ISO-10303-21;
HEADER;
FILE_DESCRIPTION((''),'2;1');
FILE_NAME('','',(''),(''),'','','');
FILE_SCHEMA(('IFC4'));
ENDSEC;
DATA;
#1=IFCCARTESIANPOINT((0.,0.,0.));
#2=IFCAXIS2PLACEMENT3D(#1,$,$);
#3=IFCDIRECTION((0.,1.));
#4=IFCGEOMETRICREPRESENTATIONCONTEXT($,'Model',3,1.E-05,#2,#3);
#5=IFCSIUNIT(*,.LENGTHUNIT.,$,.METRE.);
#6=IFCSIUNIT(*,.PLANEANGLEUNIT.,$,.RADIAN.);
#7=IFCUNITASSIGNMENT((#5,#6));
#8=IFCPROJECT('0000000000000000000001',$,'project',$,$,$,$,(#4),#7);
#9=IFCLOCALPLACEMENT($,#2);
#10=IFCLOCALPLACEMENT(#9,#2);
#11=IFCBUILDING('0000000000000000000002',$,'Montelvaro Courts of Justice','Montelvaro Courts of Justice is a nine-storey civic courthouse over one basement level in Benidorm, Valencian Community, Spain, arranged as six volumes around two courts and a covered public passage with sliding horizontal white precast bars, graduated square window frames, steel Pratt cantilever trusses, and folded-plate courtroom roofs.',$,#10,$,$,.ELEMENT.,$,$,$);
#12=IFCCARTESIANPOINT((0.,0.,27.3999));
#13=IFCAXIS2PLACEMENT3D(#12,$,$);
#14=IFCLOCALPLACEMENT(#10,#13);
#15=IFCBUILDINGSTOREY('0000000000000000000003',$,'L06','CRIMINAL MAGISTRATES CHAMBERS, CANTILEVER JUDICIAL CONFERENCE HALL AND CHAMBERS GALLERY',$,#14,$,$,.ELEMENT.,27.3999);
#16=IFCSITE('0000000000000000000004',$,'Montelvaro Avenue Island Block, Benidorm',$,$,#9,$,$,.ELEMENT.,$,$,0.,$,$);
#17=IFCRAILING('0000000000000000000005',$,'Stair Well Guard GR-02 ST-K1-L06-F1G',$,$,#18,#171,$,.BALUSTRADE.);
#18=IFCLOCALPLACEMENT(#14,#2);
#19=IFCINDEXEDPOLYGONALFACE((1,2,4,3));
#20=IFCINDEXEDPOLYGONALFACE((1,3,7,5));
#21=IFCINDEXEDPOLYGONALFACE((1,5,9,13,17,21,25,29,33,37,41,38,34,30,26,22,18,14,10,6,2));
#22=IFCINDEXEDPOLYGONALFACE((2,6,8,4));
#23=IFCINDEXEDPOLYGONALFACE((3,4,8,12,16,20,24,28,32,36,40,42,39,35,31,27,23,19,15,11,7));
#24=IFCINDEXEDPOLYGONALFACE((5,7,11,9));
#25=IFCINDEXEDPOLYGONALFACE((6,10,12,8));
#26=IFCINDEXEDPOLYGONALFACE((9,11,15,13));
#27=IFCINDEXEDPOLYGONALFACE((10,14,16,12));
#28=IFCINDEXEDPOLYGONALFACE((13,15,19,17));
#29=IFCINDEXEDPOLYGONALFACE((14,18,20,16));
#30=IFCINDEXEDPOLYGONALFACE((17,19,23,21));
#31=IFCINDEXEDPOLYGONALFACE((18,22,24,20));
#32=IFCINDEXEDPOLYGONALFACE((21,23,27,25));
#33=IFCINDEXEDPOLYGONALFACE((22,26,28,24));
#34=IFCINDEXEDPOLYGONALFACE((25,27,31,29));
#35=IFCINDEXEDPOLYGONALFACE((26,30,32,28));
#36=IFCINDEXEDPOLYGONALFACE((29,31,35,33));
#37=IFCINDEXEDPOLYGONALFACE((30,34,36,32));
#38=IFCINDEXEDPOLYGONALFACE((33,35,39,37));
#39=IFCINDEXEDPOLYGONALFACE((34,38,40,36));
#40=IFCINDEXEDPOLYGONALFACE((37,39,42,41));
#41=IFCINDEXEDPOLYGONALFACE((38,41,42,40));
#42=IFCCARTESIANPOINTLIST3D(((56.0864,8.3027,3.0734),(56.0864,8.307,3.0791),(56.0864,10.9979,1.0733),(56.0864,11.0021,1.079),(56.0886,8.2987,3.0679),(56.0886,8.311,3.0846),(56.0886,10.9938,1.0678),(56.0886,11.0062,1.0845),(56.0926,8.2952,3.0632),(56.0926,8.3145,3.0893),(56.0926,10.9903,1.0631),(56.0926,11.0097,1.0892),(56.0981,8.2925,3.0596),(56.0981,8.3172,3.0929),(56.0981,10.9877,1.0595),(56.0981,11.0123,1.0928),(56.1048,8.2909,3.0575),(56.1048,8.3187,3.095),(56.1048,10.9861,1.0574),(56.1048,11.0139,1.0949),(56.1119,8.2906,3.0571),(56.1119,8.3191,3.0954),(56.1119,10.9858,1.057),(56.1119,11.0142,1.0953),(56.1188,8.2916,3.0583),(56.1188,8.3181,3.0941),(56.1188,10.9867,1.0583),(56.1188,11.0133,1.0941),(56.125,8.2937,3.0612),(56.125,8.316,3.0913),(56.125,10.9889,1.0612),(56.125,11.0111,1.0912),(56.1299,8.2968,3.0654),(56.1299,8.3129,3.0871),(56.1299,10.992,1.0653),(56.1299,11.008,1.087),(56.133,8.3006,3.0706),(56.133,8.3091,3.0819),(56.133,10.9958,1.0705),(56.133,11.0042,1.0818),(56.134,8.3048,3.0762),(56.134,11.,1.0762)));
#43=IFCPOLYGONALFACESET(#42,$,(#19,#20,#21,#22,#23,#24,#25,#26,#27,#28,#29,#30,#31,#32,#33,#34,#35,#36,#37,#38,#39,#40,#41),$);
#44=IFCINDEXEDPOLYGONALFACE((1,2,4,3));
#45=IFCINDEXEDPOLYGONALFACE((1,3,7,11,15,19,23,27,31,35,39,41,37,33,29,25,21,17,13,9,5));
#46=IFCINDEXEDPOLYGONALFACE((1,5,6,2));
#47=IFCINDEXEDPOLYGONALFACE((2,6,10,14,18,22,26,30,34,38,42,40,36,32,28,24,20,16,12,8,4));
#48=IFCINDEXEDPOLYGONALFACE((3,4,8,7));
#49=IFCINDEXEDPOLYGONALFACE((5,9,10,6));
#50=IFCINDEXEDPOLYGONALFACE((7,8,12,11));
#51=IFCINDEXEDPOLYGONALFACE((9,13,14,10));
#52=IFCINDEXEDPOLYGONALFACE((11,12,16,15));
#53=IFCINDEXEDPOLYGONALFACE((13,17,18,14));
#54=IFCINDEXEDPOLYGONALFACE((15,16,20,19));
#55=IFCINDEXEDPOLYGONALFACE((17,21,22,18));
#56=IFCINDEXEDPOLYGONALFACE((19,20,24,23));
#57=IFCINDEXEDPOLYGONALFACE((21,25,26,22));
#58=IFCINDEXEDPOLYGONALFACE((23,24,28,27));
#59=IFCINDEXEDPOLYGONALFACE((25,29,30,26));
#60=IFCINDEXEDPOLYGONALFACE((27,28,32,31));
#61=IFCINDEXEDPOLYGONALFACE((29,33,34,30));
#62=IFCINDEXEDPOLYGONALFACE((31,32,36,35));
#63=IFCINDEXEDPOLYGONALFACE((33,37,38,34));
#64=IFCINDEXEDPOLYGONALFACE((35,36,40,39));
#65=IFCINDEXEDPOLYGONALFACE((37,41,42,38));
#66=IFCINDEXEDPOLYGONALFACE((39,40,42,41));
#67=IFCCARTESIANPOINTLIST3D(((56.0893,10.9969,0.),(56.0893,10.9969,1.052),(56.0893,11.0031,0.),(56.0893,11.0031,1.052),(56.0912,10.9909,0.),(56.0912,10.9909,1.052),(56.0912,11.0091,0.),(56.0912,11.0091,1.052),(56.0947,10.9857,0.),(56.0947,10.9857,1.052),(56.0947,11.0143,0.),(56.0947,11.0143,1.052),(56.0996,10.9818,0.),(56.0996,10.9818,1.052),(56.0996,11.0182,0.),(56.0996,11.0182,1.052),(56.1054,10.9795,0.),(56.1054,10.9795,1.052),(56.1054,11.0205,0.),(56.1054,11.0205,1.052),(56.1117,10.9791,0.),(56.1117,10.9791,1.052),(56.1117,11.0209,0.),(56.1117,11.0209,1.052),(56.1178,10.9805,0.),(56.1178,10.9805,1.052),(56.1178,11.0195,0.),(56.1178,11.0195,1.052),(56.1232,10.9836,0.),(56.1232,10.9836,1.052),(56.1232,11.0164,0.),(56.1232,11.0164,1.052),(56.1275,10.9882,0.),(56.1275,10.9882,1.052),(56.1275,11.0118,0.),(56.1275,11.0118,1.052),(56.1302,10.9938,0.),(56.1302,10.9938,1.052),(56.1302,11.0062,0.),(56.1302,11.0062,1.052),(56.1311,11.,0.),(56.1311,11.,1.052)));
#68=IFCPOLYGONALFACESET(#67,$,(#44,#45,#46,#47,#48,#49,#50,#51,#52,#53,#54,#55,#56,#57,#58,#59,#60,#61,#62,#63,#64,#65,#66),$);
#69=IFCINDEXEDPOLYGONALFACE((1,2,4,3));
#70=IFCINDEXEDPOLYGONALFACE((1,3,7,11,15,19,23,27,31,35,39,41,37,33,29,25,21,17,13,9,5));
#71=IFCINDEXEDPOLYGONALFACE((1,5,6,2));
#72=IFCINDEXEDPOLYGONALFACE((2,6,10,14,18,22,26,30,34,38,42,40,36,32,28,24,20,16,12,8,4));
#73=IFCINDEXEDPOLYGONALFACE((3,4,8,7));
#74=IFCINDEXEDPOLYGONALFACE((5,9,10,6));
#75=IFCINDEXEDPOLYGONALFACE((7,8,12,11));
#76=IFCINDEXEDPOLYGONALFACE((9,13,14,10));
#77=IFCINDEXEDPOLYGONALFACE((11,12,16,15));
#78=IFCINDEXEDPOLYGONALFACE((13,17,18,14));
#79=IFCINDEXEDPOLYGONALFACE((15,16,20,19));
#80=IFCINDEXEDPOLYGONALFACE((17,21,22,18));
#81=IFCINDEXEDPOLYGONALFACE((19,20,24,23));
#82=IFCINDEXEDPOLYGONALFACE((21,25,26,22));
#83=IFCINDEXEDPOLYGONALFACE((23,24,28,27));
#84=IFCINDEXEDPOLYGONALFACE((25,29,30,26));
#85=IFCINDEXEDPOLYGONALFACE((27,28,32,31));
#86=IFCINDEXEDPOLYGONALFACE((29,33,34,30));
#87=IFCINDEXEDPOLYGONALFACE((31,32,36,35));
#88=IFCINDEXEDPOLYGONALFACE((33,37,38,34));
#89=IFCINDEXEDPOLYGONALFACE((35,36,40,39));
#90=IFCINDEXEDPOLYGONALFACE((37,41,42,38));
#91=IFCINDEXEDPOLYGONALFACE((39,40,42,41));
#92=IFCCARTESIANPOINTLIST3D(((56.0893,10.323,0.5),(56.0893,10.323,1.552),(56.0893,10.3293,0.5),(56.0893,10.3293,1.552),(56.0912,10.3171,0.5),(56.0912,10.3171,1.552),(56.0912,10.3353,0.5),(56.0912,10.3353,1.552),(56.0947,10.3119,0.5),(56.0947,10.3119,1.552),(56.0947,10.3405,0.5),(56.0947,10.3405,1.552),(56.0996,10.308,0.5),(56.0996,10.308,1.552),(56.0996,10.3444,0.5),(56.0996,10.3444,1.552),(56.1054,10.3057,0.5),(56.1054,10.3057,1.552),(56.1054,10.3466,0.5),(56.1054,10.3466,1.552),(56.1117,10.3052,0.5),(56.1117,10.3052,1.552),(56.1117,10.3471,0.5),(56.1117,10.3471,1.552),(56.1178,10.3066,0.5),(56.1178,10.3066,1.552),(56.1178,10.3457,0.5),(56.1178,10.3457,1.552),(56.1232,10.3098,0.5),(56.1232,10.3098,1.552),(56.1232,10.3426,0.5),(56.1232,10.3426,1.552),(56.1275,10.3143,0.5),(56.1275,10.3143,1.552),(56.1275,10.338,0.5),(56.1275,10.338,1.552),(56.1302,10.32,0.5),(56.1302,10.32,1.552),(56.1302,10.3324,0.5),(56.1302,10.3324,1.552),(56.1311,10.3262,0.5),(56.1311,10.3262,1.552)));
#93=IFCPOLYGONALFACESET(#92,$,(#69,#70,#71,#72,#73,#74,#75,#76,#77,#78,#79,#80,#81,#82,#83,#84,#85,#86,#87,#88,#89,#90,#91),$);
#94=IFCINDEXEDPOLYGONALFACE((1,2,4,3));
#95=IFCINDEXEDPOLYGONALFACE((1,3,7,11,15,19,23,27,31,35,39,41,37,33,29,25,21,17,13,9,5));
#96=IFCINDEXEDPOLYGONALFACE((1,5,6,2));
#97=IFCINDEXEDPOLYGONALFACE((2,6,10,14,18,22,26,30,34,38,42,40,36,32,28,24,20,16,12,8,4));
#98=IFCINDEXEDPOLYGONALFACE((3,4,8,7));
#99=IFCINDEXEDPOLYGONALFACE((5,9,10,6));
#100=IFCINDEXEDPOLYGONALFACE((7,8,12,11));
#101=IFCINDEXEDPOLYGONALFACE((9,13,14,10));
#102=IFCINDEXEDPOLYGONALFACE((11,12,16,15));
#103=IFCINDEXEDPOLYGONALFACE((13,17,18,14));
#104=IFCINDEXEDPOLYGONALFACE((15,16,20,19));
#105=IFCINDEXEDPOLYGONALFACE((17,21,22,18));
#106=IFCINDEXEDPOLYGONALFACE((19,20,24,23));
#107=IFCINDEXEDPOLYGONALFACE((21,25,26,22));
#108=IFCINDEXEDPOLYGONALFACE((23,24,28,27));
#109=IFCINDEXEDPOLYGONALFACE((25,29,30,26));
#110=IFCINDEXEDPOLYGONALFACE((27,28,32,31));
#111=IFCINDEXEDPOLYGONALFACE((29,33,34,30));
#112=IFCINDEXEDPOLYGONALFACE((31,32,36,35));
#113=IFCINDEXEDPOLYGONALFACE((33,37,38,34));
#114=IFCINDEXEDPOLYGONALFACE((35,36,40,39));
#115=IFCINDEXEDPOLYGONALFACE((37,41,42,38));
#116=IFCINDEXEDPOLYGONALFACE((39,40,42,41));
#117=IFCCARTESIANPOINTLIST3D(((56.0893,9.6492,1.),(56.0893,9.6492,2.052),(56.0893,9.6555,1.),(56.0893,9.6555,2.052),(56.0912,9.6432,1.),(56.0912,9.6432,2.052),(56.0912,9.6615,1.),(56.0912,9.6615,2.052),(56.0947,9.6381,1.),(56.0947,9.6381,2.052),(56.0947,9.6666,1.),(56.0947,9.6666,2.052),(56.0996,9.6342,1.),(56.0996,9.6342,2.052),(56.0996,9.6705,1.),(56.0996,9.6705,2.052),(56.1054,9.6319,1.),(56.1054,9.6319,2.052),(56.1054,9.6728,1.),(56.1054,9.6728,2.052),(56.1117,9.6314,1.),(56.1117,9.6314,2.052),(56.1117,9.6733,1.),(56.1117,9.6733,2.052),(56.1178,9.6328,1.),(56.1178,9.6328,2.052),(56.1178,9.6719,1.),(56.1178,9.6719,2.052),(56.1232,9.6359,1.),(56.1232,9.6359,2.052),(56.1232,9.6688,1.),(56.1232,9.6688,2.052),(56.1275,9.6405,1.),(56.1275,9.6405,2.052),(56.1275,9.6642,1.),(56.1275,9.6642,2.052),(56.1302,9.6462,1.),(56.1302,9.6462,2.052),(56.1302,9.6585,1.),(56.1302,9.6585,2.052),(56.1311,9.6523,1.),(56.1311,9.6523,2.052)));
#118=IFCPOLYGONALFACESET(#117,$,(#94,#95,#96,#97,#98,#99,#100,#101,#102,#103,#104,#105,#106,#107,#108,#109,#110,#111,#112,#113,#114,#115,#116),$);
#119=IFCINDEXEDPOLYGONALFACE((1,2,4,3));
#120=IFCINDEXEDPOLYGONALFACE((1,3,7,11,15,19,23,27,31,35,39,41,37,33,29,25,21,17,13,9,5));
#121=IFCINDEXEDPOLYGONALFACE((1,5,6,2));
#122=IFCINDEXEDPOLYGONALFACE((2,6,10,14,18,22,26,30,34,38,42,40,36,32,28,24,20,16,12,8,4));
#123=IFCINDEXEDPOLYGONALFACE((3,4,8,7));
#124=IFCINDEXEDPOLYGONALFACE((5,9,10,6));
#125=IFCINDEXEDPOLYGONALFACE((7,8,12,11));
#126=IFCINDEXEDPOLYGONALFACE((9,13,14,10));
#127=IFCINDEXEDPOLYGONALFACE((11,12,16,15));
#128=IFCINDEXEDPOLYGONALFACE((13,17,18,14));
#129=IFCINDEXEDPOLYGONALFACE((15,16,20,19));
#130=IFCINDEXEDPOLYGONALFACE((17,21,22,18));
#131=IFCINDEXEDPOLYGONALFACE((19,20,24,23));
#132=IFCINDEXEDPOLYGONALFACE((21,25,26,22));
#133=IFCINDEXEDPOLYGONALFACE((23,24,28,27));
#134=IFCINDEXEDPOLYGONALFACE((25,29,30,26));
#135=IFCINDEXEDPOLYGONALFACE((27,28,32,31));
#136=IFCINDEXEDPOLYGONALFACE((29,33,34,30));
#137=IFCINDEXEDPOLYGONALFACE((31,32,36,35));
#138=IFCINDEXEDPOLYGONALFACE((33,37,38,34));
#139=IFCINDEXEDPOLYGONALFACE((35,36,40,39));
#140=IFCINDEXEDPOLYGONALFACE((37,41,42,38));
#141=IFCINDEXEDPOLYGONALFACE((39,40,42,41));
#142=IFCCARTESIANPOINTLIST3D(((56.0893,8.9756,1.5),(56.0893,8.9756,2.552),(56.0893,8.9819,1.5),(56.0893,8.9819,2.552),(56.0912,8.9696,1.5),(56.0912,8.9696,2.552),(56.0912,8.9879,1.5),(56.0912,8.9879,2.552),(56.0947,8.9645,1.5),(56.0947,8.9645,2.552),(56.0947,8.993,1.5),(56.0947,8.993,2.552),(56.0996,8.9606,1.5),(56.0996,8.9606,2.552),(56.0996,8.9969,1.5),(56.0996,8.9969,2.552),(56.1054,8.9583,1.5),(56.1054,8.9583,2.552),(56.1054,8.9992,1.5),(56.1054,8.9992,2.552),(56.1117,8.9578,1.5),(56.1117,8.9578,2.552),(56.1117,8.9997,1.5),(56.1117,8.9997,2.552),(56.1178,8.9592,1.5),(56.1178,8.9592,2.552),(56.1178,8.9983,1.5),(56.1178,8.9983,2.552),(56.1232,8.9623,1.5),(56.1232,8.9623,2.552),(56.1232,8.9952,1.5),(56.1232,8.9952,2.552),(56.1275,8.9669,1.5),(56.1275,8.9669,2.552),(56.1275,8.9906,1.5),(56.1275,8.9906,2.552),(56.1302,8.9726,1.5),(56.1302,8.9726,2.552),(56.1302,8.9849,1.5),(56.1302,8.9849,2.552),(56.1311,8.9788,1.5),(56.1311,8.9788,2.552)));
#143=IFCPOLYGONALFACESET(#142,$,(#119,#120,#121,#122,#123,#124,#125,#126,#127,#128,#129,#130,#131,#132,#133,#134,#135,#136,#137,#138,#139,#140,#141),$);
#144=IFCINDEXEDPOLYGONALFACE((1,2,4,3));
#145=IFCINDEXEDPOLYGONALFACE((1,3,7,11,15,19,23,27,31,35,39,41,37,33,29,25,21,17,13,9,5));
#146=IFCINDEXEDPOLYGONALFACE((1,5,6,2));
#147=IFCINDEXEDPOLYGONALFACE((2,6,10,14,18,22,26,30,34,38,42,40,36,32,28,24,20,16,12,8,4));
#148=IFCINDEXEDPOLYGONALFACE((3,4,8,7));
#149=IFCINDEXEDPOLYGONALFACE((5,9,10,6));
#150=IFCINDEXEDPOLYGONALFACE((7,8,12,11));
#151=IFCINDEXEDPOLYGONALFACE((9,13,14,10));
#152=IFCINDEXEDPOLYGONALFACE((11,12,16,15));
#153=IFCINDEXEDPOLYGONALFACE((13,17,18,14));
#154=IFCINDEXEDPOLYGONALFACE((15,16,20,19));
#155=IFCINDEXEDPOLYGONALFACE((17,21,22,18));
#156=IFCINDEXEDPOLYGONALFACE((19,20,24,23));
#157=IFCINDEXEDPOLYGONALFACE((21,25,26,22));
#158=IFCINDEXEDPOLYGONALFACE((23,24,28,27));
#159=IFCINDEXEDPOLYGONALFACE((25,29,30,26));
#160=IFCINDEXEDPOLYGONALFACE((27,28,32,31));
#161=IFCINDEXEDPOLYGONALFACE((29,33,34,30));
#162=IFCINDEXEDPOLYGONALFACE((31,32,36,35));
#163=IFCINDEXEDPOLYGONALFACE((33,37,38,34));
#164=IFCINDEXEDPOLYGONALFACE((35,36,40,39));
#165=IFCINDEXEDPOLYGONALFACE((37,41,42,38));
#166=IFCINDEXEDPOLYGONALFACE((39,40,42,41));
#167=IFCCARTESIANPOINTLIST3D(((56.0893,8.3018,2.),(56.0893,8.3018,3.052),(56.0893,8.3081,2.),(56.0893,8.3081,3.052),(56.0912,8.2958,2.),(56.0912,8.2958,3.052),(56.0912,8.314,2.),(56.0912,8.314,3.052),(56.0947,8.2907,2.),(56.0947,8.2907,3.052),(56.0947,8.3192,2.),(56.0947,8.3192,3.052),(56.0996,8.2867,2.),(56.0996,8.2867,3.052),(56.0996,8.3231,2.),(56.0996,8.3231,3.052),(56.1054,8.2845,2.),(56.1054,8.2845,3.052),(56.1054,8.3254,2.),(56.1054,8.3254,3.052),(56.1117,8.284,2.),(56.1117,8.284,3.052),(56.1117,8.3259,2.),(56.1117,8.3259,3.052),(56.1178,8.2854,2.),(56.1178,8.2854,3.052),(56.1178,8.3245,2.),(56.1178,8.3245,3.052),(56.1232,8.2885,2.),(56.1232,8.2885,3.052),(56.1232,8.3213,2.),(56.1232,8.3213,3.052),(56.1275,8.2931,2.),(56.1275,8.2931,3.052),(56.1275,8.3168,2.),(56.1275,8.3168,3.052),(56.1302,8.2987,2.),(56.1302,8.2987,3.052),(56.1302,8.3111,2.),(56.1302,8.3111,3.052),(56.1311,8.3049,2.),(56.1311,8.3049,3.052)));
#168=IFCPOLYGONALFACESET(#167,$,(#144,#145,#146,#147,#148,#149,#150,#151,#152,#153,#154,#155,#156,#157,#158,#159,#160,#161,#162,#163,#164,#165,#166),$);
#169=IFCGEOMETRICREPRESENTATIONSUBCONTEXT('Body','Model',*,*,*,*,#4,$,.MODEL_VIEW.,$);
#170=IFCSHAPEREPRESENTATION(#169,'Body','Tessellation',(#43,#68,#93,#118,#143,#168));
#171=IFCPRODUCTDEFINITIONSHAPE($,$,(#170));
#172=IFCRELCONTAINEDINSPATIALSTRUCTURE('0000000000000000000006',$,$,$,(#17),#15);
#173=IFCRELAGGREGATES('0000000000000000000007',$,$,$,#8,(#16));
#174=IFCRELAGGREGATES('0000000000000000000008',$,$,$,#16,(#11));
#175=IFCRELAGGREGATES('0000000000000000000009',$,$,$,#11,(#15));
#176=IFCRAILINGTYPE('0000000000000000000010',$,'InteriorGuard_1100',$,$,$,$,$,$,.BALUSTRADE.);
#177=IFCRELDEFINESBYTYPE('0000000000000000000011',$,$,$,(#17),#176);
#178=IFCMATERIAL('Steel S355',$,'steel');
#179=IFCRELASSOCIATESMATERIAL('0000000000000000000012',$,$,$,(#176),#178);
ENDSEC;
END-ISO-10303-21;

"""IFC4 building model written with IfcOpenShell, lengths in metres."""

from ifc_helpers import new_model, si_unit, direction, frame, origin, origin_2d, place, context, subcontext, project, spatial, circle, extrude, material, type_object, element, save


model = new_model("IFC4")

# Units and contexts
model_context = context("Model", 3, precision=1e-05, world=origin(), true_north=direction((0.0, 1.0)))
body_context = subcontext(model_context, "Body", "Model", "MODEL_VIEW")
ifc_project = project(units=[si_unit("LENGTHUNIT", "METRE"), si_unit("PLANEANGLEUNIT", "RADIAN")], contexts=[model_context])

# Site, building, storey
site_placement = place(None, origin())
site = spatial("IfcSite", under=ifc_project, at=site_placement, Name="Montelvaro Avenue Island Block, Benidorm", CompositionType="ELEMENT", RefElevation=0.0)
building_placement = place(site_placement, origin())
building = spatial("IfcBuilding", under=site, at=building_placement, Name="Montelvaro Courts of Justice", Description="Montelvaro Courts of Justice is a nine-storey civic courthouse over one basement level in Benidorm, Valencian Community, Spain, arranged as six volumes around two courts and a covered public passage with sliding horizontal white precast bars, graduated square window frames, steel Pratt cantilever trusses, and folded-plate courtroom roofs.", CompositionType="ELEMENT")
storey_placement = place(building_placement, frame((0.0, 0.0, 27.3999)))
storey = spatial("IfcBuildingStorey", under=building, at=storey_placement, Name="L06", Description="CRIMINAL MAGISTRATES CHAMBERS, CANTILEVER JUDICIAL CONFERENCE HALL AND CHAMBERS GALLERY", CompositionType="ELEMENT", Elevation=27.3999)

# Shared definitions
ifc_material_1 = material(Name="Steel S355", Category="steel")

# Railing
railing_type_1 = type_object("IfcRailingType", Name="InteriorGuard_1100", PredefinedType="BALUSTRADE", material=ifc_material_1)
railing_1_placement = place(storey_placement, frame((56.1101, 11.0, 0.0)))
element("IfcRailing", 1, at=railing_1_placement, inside=storey, type_object=railing_type_1, Name="Stair Well Guard GR-02 ST-K1-L06-F1G", PredefinedType="BALUSTRADE", context=body_context, shape_type="SweptSolid", body=[
    extrude(circle(Radius=0.0239, at=origin_2d()), frame((0.0, 0.0, 1.0762), z_axis=(0.0, -0.803036, 0.59593), x_axis=(1.0, 0.0, 0.0)), (0.0, 0.0, 1.0), 3.3562),
    extrude(circle(Radius=0.021, at=origin_2d()), origin(), (0.0, 0.0, 1.0), 1.052),
    extrude(circle(Radius=0.021, at=origin_2d()), frame((0.0, -0.6738, 0.5)), (0.0, 0.0, 1.0), 1.052),
    extrude(circle(Radius=0.021, at=origin_2d()), frame((0.0, -1.3477, 1.0)), (0.0, 0.0, 1.0), 1.052),
    extrude(circle(Radius=0.021, at=origin_2d()), frame((0.0, -2.0212, 1.5)), (0.0, 0.0, 1.0), 1.052),
    extrude(circle(Radius=0.021, at=origin_2d()), frame((0.0, -2.6951, 2.0)), (0.0, 0.0, 1.0), 1.052),
])

save(model, "model.ifc")
